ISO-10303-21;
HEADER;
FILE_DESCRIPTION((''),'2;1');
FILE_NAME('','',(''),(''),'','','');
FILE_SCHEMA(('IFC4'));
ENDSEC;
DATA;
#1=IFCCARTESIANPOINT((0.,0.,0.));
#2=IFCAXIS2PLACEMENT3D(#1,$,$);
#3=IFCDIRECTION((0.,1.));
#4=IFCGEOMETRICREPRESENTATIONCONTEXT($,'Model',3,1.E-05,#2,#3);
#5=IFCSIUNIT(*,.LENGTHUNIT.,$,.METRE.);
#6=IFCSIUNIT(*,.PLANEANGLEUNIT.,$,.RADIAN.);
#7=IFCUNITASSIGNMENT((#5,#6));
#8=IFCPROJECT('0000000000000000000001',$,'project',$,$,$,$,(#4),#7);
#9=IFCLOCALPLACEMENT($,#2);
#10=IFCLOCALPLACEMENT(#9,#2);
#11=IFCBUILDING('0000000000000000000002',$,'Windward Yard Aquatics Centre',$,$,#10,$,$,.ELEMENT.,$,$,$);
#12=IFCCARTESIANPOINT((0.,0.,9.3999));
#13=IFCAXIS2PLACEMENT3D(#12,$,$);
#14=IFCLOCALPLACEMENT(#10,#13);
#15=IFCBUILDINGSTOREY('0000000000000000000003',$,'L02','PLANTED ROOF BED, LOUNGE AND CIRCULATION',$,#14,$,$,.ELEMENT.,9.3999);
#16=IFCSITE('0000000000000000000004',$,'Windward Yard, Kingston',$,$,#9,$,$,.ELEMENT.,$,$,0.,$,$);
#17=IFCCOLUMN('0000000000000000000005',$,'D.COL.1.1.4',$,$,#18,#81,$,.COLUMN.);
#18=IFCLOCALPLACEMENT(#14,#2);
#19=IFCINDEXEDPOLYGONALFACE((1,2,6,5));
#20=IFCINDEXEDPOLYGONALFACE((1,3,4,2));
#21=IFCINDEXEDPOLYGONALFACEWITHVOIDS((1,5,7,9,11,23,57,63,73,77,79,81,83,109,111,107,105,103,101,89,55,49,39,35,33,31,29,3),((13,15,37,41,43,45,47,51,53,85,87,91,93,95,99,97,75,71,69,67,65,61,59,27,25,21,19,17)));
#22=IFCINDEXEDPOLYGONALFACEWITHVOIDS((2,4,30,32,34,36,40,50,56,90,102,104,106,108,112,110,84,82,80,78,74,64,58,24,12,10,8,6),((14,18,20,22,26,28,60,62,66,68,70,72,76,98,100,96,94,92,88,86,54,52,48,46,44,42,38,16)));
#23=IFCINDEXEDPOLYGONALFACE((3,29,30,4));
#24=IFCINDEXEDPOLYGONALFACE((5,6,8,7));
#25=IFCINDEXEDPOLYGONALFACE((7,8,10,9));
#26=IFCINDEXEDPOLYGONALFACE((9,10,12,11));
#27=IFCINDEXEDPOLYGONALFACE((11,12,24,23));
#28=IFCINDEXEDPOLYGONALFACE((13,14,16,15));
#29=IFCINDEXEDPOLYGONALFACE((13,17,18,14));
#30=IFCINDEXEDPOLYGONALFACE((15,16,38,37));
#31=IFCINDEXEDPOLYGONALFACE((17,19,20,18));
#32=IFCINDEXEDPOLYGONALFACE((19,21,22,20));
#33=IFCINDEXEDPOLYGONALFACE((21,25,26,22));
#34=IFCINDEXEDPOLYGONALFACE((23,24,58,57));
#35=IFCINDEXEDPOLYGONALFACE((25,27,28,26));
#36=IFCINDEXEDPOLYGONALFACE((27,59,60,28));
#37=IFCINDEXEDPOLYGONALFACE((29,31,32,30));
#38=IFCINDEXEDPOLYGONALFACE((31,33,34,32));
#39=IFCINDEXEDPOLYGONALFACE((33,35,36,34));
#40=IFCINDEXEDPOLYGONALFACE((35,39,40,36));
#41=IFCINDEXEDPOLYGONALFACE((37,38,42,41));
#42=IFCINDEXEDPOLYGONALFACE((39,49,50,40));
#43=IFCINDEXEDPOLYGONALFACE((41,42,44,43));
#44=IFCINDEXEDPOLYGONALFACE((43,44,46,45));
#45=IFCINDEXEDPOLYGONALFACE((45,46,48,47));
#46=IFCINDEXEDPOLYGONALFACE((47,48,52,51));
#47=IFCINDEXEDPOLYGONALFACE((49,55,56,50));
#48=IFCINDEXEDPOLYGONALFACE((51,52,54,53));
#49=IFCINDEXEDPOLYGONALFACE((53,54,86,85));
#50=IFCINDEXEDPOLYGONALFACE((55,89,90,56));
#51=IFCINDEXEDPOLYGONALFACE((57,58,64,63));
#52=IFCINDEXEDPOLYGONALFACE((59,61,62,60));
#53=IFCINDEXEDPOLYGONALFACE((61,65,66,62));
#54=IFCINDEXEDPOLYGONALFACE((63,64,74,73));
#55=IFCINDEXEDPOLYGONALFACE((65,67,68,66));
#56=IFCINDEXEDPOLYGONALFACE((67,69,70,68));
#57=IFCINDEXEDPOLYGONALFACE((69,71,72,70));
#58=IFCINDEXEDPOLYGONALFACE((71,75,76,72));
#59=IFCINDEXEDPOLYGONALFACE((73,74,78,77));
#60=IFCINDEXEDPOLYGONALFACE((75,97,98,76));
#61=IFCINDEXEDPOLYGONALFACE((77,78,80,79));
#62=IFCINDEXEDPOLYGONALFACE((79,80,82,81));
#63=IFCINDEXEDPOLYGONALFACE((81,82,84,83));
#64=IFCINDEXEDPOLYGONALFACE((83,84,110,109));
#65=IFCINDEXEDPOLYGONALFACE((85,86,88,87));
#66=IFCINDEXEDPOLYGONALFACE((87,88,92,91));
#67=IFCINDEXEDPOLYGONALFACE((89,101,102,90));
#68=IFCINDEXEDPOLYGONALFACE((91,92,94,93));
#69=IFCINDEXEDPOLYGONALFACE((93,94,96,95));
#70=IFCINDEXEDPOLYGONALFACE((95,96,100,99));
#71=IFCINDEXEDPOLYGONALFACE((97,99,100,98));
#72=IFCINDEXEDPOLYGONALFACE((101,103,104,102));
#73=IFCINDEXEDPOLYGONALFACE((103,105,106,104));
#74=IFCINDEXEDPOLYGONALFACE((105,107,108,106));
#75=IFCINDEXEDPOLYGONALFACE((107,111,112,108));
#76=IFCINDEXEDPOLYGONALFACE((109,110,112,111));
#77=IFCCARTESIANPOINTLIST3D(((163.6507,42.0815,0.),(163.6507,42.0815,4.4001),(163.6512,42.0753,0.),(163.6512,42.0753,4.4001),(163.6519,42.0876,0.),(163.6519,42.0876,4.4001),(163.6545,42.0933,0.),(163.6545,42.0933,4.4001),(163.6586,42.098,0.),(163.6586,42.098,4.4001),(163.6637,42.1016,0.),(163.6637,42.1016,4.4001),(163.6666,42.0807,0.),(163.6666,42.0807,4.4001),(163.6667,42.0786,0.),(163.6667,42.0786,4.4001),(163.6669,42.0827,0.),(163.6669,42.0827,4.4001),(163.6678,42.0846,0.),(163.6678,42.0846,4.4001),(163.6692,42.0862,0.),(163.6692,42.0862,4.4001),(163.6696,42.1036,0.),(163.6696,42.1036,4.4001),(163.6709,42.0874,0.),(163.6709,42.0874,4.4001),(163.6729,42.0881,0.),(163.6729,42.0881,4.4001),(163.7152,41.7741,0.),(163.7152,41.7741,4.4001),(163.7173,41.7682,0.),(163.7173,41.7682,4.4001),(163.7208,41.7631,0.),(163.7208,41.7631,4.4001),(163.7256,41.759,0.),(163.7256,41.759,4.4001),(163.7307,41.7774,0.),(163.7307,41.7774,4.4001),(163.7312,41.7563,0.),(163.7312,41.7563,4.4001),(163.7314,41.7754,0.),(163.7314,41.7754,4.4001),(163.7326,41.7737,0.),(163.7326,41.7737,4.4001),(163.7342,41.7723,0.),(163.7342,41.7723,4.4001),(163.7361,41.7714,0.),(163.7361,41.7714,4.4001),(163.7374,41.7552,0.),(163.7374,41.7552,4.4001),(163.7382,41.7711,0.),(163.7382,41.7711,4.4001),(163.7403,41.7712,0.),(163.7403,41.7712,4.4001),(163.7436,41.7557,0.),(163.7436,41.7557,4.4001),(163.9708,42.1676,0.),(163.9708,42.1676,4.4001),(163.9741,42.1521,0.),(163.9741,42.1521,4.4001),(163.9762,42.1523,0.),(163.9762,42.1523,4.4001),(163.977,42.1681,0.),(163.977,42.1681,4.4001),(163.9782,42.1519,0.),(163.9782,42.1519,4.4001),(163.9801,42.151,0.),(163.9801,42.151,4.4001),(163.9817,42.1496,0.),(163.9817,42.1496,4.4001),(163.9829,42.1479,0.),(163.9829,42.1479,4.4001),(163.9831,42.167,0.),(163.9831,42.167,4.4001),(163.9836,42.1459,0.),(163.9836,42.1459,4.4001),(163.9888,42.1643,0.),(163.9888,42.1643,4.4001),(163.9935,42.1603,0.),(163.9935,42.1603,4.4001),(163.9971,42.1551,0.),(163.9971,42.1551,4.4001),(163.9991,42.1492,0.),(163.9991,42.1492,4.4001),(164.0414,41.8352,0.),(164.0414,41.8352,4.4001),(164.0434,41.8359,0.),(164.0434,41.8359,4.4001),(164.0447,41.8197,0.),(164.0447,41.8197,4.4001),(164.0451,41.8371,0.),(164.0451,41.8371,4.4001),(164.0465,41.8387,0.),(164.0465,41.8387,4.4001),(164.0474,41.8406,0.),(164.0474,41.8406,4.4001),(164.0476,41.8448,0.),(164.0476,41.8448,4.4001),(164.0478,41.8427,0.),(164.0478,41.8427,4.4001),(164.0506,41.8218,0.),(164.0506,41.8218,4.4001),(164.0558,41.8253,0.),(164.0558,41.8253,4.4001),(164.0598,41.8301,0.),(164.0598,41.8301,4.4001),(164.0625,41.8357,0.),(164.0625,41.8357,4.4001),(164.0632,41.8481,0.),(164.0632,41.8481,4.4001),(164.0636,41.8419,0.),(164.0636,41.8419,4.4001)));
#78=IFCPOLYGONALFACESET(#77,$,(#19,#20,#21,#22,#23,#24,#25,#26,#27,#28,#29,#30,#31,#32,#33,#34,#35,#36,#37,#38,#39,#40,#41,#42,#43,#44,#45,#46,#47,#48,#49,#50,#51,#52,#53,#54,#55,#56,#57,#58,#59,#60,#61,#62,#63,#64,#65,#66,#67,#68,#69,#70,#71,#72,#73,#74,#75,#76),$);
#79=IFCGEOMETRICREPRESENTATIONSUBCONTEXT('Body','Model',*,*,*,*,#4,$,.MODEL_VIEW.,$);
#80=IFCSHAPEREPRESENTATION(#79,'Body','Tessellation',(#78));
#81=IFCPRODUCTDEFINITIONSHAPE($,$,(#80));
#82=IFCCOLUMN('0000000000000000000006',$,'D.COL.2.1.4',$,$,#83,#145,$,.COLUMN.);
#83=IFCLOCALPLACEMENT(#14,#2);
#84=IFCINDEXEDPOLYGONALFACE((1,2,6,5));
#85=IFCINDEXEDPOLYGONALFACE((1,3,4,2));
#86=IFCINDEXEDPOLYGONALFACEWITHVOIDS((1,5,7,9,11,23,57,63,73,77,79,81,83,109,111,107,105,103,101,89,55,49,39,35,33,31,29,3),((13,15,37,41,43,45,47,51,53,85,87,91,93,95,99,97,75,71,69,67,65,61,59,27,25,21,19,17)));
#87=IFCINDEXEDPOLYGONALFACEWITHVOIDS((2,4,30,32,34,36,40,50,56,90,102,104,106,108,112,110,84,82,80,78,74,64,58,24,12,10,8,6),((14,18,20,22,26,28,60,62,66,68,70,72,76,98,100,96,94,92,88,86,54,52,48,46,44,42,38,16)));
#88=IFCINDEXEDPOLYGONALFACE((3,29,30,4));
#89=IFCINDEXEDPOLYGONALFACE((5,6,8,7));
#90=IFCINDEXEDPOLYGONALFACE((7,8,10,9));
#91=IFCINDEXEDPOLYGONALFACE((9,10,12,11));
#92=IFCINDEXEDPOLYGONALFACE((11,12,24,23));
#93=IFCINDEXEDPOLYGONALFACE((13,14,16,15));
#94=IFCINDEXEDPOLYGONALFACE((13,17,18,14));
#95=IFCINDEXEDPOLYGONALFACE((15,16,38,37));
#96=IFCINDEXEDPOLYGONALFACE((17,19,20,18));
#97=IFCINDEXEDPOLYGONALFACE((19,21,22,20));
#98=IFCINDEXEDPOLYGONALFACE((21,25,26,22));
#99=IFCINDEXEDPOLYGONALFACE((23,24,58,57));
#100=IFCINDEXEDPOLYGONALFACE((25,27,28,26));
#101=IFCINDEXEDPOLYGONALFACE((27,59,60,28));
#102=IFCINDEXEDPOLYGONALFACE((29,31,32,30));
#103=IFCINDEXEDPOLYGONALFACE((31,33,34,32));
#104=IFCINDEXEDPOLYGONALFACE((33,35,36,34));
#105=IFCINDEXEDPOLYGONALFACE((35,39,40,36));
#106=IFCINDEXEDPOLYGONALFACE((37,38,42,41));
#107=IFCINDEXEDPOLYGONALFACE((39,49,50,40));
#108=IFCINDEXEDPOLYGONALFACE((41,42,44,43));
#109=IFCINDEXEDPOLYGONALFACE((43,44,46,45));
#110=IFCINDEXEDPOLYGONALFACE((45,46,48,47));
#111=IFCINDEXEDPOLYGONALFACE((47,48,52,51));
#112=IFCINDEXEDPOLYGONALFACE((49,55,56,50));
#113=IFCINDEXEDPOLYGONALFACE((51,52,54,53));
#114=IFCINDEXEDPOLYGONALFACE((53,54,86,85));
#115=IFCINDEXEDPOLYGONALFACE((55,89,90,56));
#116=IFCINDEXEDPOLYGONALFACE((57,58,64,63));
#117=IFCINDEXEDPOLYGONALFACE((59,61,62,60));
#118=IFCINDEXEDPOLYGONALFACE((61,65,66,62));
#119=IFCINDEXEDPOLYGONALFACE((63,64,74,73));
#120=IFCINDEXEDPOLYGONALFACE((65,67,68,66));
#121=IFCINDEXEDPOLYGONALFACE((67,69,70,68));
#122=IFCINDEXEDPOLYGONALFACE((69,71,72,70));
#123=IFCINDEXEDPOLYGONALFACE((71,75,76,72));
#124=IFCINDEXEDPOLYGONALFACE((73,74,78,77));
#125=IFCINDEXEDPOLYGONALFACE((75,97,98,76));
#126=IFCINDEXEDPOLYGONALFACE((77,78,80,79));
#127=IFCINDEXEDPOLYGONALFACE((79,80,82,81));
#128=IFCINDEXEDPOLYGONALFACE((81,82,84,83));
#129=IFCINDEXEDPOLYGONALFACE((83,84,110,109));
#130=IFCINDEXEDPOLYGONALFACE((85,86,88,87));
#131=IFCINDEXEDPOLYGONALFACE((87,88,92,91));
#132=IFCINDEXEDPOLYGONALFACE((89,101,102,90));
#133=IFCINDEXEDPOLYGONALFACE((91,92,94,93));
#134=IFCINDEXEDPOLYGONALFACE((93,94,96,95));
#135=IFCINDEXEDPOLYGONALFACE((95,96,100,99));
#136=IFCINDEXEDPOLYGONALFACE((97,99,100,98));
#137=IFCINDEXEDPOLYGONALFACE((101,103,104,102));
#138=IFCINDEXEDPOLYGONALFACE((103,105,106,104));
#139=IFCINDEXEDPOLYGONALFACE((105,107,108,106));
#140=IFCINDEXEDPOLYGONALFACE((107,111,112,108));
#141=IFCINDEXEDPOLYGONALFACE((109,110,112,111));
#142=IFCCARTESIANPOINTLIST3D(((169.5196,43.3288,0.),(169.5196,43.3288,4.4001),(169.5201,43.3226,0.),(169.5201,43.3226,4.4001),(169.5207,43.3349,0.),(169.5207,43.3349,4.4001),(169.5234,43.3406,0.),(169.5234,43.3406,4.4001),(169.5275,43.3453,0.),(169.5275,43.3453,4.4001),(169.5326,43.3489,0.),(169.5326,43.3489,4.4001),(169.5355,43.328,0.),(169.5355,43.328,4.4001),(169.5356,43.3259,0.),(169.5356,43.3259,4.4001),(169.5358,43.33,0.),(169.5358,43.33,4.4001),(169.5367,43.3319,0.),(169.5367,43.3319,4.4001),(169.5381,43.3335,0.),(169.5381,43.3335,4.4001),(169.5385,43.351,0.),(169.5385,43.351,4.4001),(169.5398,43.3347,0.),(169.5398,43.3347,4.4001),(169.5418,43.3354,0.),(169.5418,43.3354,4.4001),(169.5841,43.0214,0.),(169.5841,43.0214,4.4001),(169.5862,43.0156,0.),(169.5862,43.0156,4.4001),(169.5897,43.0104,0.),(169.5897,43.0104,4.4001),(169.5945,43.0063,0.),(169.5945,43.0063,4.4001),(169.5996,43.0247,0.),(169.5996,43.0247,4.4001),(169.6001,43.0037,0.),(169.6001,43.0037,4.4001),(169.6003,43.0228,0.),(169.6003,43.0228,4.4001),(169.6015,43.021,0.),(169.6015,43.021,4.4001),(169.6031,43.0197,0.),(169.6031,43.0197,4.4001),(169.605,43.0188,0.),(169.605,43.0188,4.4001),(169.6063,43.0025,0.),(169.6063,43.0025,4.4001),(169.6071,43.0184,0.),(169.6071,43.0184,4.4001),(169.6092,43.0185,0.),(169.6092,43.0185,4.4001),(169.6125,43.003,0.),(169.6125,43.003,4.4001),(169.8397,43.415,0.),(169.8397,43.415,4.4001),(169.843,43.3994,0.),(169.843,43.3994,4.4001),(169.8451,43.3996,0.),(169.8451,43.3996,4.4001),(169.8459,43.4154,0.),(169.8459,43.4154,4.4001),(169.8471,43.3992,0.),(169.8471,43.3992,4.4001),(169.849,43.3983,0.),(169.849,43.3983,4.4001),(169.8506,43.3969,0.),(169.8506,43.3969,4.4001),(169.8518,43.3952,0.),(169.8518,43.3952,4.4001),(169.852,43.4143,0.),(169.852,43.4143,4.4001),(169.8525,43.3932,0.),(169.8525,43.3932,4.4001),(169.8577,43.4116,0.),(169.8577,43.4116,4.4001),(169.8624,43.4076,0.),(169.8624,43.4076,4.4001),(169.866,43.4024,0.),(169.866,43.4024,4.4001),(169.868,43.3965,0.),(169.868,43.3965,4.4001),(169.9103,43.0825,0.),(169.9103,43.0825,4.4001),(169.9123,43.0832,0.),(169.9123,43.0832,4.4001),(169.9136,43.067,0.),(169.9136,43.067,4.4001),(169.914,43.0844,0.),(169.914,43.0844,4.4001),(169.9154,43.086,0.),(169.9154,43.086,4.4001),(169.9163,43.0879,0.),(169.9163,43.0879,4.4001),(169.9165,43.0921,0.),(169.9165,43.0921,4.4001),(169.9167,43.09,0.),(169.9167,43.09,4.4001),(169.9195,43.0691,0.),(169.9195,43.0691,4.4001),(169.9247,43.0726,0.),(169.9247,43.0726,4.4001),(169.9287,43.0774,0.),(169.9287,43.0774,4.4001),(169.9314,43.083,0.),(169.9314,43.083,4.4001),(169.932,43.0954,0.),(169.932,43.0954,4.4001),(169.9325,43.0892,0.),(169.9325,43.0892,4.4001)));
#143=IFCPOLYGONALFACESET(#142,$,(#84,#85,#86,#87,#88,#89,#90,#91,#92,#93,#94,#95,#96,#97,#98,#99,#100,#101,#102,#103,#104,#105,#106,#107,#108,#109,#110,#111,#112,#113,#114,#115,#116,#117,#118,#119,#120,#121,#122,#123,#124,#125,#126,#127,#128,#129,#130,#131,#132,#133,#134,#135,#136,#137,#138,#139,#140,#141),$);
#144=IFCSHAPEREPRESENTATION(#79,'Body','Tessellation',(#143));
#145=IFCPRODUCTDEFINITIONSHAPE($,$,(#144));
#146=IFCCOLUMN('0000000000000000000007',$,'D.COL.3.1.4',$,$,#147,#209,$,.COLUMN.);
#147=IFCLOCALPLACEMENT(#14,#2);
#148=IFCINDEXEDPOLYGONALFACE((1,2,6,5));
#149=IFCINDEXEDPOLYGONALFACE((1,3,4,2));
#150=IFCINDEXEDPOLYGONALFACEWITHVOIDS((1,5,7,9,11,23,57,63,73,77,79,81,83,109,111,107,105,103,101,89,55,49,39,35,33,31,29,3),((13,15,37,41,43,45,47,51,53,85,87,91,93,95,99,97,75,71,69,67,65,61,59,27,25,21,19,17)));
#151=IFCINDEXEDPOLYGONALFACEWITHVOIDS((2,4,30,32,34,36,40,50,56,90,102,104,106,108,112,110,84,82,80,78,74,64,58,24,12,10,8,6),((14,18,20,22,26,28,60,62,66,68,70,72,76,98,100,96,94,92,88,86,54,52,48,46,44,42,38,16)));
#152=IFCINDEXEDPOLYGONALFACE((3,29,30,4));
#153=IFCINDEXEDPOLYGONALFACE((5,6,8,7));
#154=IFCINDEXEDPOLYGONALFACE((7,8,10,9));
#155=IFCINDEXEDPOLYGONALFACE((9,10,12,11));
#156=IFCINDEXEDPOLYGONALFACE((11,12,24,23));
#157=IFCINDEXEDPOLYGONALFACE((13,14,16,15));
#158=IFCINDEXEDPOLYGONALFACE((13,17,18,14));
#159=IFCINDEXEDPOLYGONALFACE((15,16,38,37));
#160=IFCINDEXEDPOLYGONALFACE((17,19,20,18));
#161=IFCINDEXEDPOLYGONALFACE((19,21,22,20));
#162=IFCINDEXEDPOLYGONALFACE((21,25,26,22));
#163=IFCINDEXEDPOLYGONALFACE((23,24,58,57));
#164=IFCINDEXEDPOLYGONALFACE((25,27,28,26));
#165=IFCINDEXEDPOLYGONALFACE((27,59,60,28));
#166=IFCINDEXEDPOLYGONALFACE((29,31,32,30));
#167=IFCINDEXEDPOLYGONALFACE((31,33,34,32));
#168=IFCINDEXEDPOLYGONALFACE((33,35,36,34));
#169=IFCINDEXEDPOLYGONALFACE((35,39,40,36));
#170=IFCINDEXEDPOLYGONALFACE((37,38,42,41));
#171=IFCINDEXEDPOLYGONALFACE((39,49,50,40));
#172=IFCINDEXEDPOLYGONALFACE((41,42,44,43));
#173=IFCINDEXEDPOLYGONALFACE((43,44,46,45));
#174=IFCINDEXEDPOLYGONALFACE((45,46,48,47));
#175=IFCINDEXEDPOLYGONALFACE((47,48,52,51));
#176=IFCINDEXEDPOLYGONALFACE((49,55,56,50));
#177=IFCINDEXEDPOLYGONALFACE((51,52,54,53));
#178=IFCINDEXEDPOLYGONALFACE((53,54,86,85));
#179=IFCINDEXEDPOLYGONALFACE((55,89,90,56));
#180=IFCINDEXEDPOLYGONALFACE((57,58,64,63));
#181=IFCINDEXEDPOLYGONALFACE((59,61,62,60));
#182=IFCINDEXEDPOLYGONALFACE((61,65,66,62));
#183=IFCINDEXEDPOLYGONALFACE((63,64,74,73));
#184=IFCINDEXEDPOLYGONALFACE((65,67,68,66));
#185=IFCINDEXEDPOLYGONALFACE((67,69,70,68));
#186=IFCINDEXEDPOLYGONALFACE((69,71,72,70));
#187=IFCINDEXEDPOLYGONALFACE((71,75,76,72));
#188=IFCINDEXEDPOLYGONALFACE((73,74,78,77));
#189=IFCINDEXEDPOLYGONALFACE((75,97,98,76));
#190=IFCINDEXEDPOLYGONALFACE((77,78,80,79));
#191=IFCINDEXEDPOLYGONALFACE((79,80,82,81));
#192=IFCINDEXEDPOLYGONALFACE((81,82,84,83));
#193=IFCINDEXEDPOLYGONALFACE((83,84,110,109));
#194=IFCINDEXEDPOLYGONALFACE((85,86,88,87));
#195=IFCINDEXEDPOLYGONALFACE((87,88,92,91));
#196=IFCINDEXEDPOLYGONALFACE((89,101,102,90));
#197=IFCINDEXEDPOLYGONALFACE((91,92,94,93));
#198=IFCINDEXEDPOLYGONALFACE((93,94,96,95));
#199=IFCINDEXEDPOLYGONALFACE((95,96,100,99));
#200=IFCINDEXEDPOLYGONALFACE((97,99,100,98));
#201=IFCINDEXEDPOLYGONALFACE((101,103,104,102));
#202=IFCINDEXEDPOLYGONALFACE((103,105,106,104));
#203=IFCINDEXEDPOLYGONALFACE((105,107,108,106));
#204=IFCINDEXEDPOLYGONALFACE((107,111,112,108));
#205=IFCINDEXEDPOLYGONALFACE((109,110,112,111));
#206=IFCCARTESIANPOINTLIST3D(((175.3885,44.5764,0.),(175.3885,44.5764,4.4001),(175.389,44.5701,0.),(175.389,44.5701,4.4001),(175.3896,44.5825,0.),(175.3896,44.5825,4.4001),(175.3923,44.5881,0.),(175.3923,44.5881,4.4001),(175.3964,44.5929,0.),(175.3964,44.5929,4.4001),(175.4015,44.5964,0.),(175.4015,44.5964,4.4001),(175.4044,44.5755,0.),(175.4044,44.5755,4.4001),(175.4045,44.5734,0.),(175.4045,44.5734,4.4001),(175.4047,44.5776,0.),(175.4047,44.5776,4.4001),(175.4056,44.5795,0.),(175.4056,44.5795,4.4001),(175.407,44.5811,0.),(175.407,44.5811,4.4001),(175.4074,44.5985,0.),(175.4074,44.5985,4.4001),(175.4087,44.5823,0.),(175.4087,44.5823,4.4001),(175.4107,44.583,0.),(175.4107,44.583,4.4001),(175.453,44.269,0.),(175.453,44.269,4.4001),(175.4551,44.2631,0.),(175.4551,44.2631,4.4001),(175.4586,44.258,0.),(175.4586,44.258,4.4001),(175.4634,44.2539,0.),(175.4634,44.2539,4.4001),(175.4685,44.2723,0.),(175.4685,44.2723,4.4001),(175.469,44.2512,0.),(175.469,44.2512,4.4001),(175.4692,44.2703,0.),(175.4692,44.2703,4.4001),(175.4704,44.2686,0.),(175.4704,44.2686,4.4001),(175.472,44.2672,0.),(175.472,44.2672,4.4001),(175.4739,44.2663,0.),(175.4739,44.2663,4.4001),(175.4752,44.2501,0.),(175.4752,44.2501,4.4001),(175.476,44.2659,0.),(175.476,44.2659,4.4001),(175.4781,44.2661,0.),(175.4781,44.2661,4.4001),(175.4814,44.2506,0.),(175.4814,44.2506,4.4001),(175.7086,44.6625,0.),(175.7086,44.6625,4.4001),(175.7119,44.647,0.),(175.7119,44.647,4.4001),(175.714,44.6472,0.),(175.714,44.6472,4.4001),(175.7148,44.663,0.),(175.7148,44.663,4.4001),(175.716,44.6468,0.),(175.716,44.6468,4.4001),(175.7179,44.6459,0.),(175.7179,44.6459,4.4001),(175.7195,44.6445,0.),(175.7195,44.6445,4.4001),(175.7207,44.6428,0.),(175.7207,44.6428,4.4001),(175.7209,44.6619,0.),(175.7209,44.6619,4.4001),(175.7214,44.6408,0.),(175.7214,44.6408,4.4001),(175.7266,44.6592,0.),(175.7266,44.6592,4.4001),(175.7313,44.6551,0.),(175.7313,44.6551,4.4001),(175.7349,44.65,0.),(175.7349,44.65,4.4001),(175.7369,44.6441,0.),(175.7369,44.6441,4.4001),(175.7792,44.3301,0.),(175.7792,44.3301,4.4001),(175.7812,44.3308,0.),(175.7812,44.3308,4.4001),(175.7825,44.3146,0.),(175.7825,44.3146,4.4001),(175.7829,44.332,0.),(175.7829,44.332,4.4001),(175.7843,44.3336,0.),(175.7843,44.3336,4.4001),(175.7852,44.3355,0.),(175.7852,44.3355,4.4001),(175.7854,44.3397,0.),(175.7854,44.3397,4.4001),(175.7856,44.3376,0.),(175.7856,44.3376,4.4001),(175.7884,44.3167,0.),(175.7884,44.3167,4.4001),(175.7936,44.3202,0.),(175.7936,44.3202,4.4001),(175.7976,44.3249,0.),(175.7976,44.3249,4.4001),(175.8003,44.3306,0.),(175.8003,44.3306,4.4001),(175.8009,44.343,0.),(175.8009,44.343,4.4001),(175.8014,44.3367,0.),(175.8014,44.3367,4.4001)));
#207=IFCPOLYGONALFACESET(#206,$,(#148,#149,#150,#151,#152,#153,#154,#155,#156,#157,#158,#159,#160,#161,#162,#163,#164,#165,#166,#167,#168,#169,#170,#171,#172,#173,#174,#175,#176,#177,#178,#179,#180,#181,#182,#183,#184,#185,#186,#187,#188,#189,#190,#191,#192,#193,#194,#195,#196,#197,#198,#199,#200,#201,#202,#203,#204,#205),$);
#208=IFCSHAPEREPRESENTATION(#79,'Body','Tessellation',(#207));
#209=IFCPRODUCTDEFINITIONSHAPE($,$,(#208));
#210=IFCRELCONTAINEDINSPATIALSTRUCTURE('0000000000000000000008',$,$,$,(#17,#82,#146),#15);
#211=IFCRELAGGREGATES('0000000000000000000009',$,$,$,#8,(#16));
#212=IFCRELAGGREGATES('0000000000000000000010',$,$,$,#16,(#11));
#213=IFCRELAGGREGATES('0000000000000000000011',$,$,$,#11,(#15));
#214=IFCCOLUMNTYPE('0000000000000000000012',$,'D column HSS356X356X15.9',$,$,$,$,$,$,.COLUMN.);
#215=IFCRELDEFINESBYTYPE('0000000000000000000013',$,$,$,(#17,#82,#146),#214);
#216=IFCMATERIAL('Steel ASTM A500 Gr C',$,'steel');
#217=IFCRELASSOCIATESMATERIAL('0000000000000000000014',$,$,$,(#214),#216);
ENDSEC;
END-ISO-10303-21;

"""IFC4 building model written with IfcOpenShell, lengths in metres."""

from ifc_helpers import new_model, si_unit, direction, frame, origin, origin_2d, place, context, subcontext, project, spatial, hollow_rectangle, extrude, material, material_profile, profile_set, type_object, element, save


model = new_model("IFC4")

# Units and contexts
model_context = context("Model", 3, precision=1e-05, world=origin(), true_north=direction((0.0, 1.0)))
body_context = subcontext(model_context, "Body", "Model", "MODEL_VIEW")
ifc_project = project(units=[si_unit("LENGTHUNIT", "METRE"), si_unit("PLANEANGLEUNIT", "RADIAN")], contexts=[model_context])

# Site, building, storey
site_placement = place(None, origin())
site = spatial("IfcSite", under=ifc_project, at=site_placement, Name="Windward Yard, Kingston", CompositionType="ELEMENT", RefElevation=0.0)
building_placement = place(site_placement, origin())
building = spatial("IfcBuilding", under=site, at=building_placement, Name="Windward Yard Aquatics Centre", CompositionType="ELEMENT")
storey_placement = place(building_placement, frame((0.0, 0.0, 9.3999)))
storey = spatial("IfcBuildingStorey", under=building, at=storey_placement, Name="L02", Description="PLANTED ROOF BED, LOUNGE AND CIRCULATION", CompositionType="ELEMENT", Elevation=9.3999)

# Columns
ifc_material_1 = material(Name="Steel ASTM A500 Gr C", Category="steel")
ifc_material_profile = material_profile(ifc_material_1, hollow_rectangle(XDim=0.3557, YDim=0.3557, WallThickness=0.0159, InnerFilletRadius=0.0081, OuterFilletRadius=0.0239, at=origin_2d()), Name="HSS356X356X15.9")
ifc_profile_set = profile_set([ifc_material_profile], Name="Steel ASTM A500 Gr C")
column_type = type_object("IfcColumnType", Name="D column HSS356X356X15.9", PredefinedType="COLUMN", material=ifc_profile_set)
for number, where, z_axis, x_axis, name in (
    (1, (163.8572, 41.9617, 0.0), (0.0, 0.0, 1.0), (0.978148, 0.207912, 0.0), "D.COL.1.1.4"),
    (2, (169.7261, 43.209, 0.0), (0.0, 0.0, 1.0), (0.978148, 0.207912, 0.0), "D.COL.2.1.4"),
    (3, (175.595, 44.4565, 0.0), (0.0, 0.0, 1.0), (0.978148, 0.207912, 0.0), "D.COL.3.1.4"),
):
    element("IfcColumn", number, at=place(storey_placement, frame(where, z_axis=z_axis, x_axis=x_axis)), inside=storey, type_object=column_type, Name=name, PredefinedType="COLUMN", context=body_context, shape_type="SweptSolid", body=[
        extrude(hollow_rectangle(XDim=0.3557, YDim=0.3557, WallThickness=0.0159, InnerFilletRadius=0.0081, OuterFilletRadius=0.0239, at=origin_2d()), origin(), (0.0, 0.0, 1.0), 4.4001),
    ])

save(model, "model.ifc")
